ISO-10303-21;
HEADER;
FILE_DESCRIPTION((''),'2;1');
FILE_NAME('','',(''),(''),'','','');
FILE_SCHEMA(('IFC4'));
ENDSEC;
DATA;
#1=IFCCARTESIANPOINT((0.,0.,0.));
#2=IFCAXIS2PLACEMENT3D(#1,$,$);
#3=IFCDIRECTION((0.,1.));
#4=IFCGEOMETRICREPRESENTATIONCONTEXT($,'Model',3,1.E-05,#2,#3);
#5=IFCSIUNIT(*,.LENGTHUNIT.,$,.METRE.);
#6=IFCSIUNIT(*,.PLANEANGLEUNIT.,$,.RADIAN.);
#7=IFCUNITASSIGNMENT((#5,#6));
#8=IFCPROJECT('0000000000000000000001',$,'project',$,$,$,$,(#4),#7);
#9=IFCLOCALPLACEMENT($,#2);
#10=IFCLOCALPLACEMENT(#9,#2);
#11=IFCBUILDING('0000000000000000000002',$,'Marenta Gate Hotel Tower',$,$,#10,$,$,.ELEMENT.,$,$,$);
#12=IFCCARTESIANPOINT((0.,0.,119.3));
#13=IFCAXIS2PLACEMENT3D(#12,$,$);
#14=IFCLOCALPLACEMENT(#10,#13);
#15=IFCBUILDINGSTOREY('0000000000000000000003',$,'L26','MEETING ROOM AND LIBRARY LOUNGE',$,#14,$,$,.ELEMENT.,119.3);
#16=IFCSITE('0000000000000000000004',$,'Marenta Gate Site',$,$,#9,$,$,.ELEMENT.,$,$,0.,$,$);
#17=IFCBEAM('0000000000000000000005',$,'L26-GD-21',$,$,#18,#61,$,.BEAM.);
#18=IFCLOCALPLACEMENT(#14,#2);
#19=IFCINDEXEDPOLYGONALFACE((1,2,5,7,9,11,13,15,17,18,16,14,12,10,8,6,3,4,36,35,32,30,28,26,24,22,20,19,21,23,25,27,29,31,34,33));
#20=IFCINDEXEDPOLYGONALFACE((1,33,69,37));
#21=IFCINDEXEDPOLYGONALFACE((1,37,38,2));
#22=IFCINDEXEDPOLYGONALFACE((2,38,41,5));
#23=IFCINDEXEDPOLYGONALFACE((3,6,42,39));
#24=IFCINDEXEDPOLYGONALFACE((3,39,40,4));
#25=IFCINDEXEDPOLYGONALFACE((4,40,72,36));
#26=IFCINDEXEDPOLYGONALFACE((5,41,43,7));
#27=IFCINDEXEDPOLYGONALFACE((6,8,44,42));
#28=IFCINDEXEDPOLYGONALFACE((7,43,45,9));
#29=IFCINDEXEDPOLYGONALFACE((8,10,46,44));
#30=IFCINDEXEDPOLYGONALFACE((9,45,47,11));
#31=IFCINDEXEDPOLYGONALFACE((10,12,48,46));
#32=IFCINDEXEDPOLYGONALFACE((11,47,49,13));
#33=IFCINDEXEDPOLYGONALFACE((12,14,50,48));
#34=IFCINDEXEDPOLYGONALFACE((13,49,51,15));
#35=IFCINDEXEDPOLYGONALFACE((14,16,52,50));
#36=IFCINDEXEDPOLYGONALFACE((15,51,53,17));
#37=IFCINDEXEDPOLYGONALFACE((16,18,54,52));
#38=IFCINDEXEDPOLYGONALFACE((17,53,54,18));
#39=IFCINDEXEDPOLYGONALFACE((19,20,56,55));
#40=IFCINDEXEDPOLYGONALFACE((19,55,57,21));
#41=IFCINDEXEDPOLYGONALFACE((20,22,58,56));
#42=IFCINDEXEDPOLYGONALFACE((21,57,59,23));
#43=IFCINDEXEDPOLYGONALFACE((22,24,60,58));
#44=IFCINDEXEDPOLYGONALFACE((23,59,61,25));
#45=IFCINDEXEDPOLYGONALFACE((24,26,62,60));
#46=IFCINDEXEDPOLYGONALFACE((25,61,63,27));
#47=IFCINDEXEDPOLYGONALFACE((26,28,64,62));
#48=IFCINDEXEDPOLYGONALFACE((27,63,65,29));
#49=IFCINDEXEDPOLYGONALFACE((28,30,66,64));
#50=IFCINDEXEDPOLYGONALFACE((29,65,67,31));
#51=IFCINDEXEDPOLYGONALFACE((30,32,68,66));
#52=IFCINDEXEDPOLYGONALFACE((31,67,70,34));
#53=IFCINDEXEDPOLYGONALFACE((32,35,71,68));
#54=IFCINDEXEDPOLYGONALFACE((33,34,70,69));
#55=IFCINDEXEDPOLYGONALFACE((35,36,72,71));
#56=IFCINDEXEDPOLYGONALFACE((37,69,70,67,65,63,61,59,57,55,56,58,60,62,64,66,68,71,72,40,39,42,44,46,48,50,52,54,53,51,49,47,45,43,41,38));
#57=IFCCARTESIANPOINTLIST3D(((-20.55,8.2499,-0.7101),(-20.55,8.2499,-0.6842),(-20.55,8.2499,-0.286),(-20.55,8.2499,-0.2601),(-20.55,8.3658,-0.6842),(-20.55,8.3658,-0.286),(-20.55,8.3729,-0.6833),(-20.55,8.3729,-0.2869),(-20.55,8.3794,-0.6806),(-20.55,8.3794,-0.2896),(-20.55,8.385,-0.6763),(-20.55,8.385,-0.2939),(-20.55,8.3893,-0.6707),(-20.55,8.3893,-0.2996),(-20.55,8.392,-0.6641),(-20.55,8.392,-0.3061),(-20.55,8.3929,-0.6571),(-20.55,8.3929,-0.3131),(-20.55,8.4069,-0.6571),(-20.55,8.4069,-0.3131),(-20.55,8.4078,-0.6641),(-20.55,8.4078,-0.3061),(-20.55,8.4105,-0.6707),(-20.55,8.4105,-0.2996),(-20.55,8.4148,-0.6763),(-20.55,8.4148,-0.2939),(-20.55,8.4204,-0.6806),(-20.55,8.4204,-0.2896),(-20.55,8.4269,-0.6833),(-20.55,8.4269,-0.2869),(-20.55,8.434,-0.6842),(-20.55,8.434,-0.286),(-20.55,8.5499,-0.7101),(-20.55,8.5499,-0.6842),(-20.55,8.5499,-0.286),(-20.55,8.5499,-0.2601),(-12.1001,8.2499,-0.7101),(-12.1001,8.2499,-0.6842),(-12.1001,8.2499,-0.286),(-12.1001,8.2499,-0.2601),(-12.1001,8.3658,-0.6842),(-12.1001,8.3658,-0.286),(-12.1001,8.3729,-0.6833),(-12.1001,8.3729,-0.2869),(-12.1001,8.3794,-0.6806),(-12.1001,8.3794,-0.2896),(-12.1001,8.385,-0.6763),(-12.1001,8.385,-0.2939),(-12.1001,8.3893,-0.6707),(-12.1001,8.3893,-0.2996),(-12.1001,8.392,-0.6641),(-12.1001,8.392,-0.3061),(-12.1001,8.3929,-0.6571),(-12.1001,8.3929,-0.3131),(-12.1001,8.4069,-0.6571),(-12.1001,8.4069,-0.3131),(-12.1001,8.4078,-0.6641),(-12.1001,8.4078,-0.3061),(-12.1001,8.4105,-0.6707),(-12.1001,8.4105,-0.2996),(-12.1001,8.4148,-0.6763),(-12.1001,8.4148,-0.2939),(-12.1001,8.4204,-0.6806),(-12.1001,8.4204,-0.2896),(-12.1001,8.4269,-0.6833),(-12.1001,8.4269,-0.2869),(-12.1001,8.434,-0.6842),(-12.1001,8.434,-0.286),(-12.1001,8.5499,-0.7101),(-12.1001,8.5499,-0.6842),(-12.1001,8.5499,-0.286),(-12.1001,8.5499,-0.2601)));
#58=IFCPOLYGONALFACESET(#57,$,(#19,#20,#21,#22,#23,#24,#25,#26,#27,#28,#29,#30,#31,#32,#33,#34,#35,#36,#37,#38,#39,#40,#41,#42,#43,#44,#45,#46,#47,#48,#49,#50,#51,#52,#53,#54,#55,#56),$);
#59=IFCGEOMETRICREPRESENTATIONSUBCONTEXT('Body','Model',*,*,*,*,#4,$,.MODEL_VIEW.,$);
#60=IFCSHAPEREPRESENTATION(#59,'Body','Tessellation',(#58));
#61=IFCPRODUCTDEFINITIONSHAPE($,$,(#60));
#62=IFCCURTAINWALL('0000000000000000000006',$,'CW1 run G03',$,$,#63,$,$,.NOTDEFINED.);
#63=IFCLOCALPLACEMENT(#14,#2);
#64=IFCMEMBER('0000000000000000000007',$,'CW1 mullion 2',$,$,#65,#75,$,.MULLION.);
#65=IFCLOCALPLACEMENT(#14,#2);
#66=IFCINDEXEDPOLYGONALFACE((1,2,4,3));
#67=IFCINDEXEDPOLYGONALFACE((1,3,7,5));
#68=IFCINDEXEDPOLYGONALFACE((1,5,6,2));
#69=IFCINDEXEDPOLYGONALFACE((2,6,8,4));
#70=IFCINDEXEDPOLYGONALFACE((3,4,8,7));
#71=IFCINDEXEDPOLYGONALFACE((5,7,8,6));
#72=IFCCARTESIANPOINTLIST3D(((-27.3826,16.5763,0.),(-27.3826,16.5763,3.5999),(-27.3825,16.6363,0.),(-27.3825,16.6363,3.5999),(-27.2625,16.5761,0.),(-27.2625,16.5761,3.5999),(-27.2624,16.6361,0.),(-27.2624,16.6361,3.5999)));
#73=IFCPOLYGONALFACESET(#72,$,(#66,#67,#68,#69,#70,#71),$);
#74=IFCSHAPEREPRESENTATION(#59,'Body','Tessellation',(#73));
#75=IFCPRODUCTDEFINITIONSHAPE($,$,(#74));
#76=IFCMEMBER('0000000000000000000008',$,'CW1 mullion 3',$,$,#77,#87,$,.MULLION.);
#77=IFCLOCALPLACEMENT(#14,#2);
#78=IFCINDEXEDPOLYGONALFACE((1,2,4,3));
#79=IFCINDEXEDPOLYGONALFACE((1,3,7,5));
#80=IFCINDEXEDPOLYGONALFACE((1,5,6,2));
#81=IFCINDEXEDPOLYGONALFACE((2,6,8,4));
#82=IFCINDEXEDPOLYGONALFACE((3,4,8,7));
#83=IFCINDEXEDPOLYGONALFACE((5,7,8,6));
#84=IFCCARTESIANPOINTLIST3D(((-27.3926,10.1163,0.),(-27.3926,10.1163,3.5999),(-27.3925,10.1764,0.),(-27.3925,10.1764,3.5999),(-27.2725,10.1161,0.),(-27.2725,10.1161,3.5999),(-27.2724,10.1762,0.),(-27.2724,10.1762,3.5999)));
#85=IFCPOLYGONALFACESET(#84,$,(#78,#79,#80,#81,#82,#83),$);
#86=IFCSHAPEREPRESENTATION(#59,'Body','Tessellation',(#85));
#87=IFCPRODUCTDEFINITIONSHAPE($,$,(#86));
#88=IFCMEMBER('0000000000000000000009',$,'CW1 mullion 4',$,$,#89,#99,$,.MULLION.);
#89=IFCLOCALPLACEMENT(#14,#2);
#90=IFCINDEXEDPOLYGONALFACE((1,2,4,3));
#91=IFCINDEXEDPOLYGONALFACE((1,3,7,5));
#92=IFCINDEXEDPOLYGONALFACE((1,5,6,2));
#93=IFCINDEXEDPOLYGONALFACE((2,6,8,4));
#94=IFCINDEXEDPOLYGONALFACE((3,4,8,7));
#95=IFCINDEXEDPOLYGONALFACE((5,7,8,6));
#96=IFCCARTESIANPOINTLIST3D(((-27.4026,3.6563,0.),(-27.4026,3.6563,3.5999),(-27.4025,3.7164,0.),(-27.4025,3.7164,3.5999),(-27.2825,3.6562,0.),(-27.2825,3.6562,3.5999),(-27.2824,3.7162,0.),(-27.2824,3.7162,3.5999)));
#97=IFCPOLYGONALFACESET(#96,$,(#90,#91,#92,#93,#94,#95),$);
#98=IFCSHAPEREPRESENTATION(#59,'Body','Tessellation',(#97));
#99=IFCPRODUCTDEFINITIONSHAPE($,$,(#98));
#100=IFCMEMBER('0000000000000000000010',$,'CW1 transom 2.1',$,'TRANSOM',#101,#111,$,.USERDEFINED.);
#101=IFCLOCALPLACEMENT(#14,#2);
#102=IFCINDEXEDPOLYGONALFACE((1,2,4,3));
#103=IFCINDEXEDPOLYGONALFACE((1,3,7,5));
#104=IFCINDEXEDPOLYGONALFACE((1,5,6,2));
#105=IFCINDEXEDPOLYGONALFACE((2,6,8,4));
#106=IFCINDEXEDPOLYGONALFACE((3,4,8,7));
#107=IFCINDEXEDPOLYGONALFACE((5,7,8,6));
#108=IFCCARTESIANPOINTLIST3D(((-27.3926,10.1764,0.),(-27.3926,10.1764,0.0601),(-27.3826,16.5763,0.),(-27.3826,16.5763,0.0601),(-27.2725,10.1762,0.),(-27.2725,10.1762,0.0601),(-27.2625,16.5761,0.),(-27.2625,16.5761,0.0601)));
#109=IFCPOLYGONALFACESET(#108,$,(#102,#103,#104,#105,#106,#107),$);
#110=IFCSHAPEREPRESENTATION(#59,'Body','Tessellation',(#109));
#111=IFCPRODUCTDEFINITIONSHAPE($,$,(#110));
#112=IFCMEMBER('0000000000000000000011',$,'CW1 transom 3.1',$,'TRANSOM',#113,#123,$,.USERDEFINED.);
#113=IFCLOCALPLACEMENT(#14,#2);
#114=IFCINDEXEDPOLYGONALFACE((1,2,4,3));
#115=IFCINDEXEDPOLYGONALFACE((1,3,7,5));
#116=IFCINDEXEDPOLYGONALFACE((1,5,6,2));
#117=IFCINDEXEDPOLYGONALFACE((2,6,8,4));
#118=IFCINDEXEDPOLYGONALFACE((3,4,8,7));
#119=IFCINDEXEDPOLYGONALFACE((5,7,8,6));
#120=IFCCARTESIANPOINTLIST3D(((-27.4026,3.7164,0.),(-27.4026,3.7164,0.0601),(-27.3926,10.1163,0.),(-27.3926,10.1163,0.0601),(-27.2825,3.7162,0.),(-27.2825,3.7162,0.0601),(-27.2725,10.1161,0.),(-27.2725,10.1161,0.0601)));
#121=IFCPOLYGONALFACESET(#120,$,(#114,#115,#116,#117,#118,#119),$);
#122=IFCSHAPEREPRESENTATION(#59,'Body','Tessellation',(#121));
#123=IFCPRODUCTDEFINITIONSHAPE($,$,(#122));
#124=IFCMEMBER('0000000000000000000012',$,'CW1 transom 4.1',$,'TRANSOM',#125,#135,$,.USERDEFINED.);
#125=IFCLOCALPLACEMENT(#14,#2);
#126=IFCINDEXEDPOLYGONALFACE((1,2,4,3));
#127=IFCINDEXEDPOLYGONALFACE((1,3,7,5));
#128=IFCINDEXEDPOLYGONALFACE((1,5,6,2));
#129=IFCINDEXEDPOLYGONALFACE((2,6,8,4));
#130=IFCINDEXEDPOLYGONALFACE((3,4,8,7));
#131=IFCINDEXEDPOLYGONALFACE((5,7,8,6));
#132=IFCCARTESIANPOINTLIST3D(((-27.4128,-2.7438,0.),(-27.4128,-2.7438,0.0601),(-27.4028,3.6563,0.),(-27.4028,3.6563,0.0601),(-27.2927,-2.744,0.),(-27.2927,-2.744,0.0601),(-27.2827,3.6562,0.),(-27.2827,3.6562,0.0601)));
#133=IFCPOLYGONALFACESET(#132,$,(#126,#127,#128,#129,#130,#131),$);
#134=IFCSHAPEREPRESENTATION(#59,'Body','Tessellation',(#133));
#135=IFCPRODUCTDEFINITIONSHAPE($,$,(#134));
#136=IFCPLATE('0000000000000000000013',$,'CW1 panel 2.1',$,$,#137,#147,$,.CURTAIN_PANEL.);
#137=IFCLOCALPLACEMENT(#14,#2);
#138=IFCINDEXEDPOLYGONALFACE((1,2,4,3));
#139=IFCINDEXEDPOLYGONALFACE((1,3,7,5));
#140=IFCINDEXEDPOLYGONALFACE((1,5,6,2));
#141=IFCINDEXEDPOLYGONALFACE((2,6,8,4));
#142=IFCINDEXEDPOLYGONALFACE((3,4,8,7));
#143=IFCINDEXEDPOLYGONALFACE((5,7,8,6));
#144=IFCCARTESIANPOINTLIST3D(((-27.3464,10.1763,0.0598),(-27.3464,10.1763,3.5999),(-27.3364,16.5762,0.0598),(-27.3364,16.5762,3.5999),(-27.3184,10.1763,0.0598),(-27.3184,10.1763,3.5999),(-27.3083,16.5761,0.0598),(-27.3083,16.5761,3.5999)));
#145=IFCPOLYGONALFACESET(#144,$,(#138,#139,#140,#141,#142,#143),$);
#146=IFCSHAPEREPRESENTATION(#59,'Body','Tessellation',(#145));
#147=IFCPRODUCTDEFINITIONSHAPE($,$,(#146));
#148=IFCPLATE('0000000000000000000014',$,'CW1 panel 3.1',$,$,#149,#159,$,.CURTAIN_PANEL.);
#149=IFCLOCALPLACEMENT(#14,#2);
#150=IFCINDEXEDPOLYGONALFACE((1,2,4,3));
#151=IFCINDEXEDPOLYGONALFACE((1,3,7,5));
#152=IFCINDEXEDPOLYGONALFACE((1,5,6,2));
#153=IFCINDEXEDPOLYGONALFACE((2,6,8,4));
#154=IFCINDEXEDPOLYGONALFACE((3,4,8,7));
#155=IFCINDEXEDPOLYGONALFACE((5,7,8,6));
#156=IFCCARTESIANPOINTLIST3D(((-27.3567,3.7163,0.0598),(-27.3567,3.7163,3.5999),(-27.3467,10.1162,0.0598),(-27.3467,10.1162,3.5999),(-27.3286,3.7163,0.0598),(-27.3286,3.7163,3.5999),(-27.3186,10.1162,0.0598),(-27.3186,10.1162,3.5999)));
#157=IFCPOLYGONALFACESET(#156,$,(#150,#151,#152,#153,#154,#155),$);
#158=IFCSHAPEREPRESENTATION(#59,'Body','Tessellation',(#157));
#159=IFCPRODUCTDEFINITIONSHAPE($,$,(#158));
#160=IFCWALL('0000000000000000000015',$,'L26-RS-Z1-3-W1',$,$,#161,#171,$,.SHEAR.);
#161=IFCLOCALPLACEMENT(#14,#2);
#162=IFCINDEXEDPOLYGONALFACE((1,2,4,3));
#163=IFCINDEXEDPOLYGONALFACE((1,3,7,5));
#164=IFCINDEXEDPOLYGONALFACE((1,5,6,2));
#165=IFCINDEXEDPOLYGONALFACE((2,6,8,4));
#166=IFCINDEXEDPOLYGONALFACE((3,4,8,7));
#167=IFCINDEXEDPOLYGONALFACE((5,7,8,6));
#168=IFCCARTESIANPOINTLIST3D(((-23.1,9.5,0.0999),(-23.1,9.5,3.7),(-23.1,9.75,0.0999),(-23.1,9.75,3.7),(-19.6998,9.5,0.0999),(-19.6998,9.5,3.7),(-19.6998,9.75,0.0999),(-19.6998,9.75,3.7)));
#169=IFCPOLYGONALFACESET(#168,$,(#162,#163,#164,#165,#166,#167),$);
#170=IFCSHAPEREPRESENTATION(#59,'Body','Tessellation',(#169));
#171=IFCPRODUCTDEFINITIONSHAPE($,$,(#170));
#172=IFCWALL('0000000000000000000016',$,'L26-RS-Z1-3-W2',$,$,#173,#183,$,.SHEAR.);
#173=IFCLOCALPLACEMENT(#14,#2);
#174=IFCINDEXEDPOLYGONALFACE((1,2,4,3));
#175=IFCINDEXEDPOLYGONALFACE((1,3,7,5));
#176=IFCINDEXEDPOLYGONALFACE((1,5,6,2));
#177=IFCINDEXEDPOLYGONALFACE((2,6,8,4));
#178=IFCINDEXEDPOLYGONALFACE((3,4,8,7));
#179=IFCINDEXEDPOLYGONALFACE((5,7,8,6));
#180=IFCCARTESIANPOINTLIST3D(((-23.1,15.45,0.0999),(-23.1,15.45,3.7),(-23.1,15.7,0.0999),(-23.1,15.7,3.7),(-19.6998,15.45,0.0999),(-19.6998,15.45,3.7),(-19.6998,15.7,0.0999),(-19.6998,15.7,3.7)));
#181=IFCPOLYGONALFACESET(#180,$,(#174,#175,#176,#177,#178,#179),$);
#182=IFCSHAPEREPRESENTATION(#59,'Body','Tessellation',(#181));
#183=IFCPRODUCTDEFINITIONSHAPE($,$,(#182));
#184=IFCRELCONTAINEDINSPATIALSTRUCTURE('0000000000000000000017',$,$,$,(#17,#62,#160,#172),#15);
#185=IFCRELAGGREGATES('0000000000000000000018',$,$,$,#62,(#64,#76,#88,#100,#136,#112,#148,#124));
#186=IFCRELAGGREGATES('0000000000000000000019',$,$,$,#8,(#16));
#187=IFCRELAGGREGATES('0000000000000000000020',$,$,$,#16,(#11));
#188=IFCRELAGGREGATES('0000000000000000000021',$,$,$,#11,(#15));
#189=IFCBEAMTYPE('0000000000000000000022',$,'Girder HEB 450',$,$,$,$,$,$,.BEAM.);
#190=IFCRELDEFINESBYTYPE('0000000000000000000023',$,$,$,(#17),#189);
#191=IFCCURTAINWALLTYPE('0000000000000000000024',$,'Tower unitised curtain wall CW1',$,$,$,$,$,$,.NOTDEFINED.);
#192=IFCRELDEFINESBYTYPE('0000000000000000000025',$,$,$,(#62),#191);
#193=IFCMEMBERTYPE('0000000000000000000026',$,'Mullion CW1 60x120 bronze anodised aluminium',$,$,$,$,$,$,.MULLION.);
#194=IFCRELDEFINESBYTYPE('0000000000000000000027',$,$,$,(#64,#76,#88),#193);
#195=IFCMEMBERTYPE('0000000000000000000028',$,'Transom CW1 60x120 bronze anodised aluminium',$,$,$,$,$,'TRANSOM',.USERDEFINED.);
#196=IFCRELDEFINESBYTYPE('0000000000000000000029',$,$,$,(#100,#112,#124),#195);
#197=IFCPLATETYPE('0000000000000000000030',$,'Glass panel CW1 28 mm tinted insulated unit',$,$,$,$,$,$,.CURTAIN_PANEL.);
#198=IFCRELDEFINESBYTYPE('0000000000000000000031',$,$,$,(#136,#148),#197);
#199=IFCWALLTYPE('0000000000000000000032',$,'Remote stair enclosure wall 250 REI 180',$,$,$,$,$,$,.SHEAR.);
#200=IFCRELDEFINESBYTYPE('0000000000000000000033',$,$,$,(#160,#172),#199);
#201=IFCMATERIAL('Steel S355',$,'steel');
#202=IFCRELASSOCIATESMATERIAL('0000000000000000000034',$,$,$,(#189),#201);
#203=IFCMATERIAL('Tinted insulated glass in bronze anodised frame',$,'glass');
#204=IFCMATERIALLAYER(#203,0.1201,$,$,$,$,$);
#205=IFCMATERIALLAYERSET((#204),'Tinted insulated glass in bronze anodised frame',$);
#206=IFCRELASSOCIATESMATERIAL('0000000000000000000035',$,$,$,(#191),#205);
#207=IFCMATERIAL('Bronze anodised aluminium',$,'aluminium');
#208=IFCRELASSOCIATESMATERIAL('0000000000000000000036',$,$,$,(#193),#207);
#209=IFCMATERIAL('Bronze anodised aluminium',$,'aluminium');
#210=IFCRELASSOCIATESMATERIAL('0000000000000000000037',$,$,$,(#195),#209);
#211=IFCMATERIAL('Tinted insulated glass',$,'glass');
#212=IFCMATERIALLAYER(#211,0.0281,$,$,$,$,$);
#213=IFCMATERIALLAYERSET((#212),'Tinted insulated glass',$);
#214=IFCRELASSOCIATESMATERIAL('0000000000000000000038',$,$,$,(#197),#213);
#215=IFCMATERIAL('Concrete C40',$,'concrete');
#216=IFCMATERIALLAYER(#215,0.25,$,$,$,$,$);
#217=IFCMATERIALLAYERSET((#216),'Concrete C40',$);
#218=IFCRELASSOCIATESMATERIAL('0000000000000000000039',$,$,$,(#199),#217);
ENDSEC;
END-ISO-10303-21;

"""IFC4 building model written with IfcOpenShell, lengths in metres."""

from ifc_helpers import new_model, si_unit, direction, frame, frame_2d, origin, origin_2d, place, context, subcontext, project, spatial, rectangle, i_section, extrude, material, layer, layer_set, material_profile, profile_set, type_object, element, aggregate, save


model = new_model("IFC4")

# Units and contexts
model_context = context("Model", 3, precision=1e-05, world=origin(), true_north=direction((0.0, 1.0)))
body_context = subcontext(model_context, "Body", "Model", "MODEL_VIEW")
ifc_project = project(units=[si_unit("LENGTHUNIT", "METRE"), si_unit("PLANEANGLEUNIT", "RADIAN")], contexts=[model_context])

# Site, building, storey
site_placement = place(None, origin())
site = spatial("IfcSite", under=ifc_project, at=site_placement, Name="Marenta Gate Site", CompositionType="ELEMENT", RefElevation=0.0)
building_placement = place(site_placement, origin())
building = spatial("IfcBuilding", under=site, at=building_placement, Name="Marenta Gate Hotel Tower", CompositionType="ELEMENT")
storey_placement = place(building_placement, frame((0.0, 0.0, 119.3)))
storey = spatial("IfcBuildingStorey", under=building, at=storey_placement, Name="L26", Description="MEETING ROOM AND LIBRARY LOUNGE", CompositionType="ELEMENT", Elevation=119.3)

# Beam
ifc_material_1 = material(Name="Steel S355", Category="steel")
ifc_material_profile_1 = material_profile(ifc_material_1, i_section(OverallWidth=0.3, OverallDepth=0.45, WebThickness=0.0139, FlangeThickness=0.0259, FilletRadius=0.0271, at=origin_2d()), Name="HEB 450")
ifc_profile_set_1 = profile_set([ifc_material_profile_1], Name="Steel S355")
beam_type_1 = type_object("IfcBeamType", Name="Girder HEB 450", PredefinedType="BEAM", material=ifc_profile_set_1)
beam_1_placement = place(storey_placement, frame((-20.55, 8.3999, -0.4851), z_axis=(1.0, 0.0, 0.0), x_axis=(0.0, 1.0, 0.0)))
element("IfcBeam", 1, at=beam_1_placement, inside=storey, type_object=beam_type_1, Name="L26-GD-21", PredefinedType="BEAM", context=body_context, shape_type="SweptSolid", body=[
    extrude(i_section(OverallWidth=0.3, OverallDepth=0.45, WebThickness=0.0139, FlangeThickness=0.0259, FilletRadius=0.0271, at=origin_2d()), origin(), (0.0, 0.0, 1.0), 8.45),
])

# Curtain wall, members, plates
ifc_material_2 = material(Name="Tinted insulated glass in bronze anodised frame", Category="glass")
ifc_layer_1 = layer(ifc_material_2, 0.1201)
ifc_layer_set_1 = layer_set([ifc_layer_1], Name="Tinted insulated glass in bronze anodised frame")
curtain_wall_type = type_object("IfcCurtainWallType", Name="Tower unitised curtain wall CW1", PredefinedType="NOTDEFINED", material=ifc_layer_set_1)
curtain_wall_placement = place(storey_placement, origin())
curtain_wall = element("IfcCurtainWall", 2, at=curtain_wall_placement, inside=storey, type_object=curtain_wall_type, Name="CW1 run G03", PredefinedType="NOTDEFINED")
ifc_material_3 = material(Name="Bronze anodised aluminium", Category="aluminium")
ifc_material_profile_2 = material_profile(ifc_material_3, rectangle(XDim=0.1201, YDim=0.0601, at=origin_2d()), Name="Mullion CW1 60x120 bronze anodised aluminium")
ifc_profile_set_2 = profile_set([ifc_material_profile_2], Name="Bronze anodised aluminium")
member_type_1 = type_object("IfcMemberType", Name="Mullion CW1 60x120 bronze anodised aluminium", PredefinedType="MULLION", material=ifc_profile_set_2)
member_1_placement = place(storey_placement, frame((-27.3225, 16.6062, 0.0), z_axis=(0.0, 0.0, 1.0), x_axis=(0.999999, -0.001566, 0.0)))
member_1 = element("IfcMember", 3, at=member_1_placement, type_object=member_type_1, Name="CW1 mullion 2", PredefinedType="MULLION", context=body_context, shape_type="SweptSolid", body=[
    extrude(rectangle(XDim=0.1201, YDim=0.0601, at=origin_2d()), origin(), (0.0, 0.0, 1.0), 3.5999),
])
member_2_placement = place(storey_placement, frame((-27.3325, 10.1462, 0.0), z_axis=(0.0, 0.0, 1.0), x_axis=(0.999999, -0.001566, 0.0)))
member_2 = element("IfcMember", 4, at=member_2_placement, type_object=member_type_1, Name="CW1 mullion 3", PredefinedType="MULLION", context=body_context, shape_type="SweptSolid", body=[
    extrude(rectangle(XDim=0.1201, YDim=0.0601, at=origin_2d()), origin(), (0.0, 0.0, 1.0), 3.5999),
])
member_3_placement = place(storey_placement, frame((-27.3425, 3.6863, 0.0), z_axis=(0.0, 0.0, 1.0), x_axis=(0.999999, -0.001566, 0.0)))
member_3 = element("IfcMember", 5, at=member_3_placement, type_object=member_type_1, Name="CW1 mullion 4", PredefinedType="MULLION", context=body_context, shape_type="SweptSolid", body=[
    extrude(rectangle(XDim=0.1201, YDim=0.0601, at=origin_2d()), origin(), (0.0, 0.0, 1.0), 3.5999),
])
ifc_material_4 = material(Name="Bronze anodised aluminium", Category="aluminium")
ifc_material_profile_3 = material_profile(ifc_material_4, rectangle(XDim=0.1201, YDim=0.0601, at=origin_2d()), Name="Transom CW1 60x120 bronze anodised aluminium")
ifc_profile_set_3 = profile_set([ifc_material_profile_3], Name="Bronze anodised aluminium")
member_type_2 = type_object("IfcMemberType", Name="Transom CW1 60x120 bronze anodised aluminium", ElementType="TRANSOM", PredefinedType="USERDEFINED", material=ifc_profile_set_3)
member_4_placement = place(storey_placement, frame((-27.3225, 16.5762, 0.03), z_axis=(-0.001564, -0.999999, 0.0), x_axis=(0.999999, -0.001564, 0.0)))
member_4 = element("IfcMember", 6, at=member_4_placement, type_object=member_type_2, Name="CW1 transom 2.1", ObjectType="TRANSOM", PredefinedType="USERDEFINED", context=body_context, shape_type="SweptSolid", body=[
    extrude(rectangle(XDim=0.1201, YDim=0.0601, at=origin_2d()), origin(), (0.0, 0.0, 1.0), 6.3999),
])
member_5_placement = place(storey_placement, frame((-27.3325, 10.1162, 0.03), z_axis=(-0.001564, -0.999999, 0.0), x_axis=(0.999999, -0.001564, 0.0)))
member_5 = element("IfcMember", 7, at=member_5_placement, type_object=member_type_2, Name="CW1 transom 3.1", ObjectType="TRANSOM", PredefinedType="USERDEFINED", context=body_context, shape_type="SweptSolid", body=[
    extrude(rectangle(XDim=0.1201, YDim=0.0601, at=origin_2d()), origin(), (0.0, 0.0, 1.0), 6.3999),
])
member_6_placement = place(storey_placement, frame((-27.3428, 3.6562, 0.03), z_axis=(-0.001564, -0.999999, 0.0), x_axis=(0.999999, -0.001564, 0.0)))
member_6 = element("IfcMember", 8, at=member_6_placement, type_object=member_type_2, Name="CW1 transom 4.1", ObjectType="TRANSOM", PredefinedType="USERDEFINED", context=body_context, shape_type="SweptSolid", body=[
    extrude(rectangle(XDim=0.1201, YDim=0.0601, at=origin_2d()), origin(), (0.0, 0.0, 1.0), 6.4001),
])
ifc_material_5 = material(Name="Tinted insulated glass", Category="glass")
ifc_layer_2 = layer(ifc_material_5, 0.0281)
ifc_layer_set_2 = layer_set([ifc_layer_2], Name="Tinted insulated glass")
plate_type = type_object("IfcPlateType", Name="Glass panel CW1 28 mm tinted insulated unit", PredefinedType="CURTAIN_PANEL", material=ifc_layer_set_2)
plate_1_placement = place(storey_placement, frame((-27.3274, 13.3762, 0.0598), z_axis=(0.0, 0.0, 1.0), x_axis=(-0.001566, -0.999999, 0.0)))
plate_1 = element("IfcPlate", 9, at=plate_1_placement, type_object=plate_type, Name="CW1 panel 2.1", PredefinedType="CURTAIN_PANEL", context=body_context, shape_type="SweptSolid", body=[
    extrude(rectangle(XDim=6.3999, YDim=0.0281, at=origin_2d()), origin(), (0.0, 0.0, 1.0), 3.54),
])
plate_2_placement = place(storey_placement, frame((-27.3376, 6.9163, 0.0598), z_axis=(0.0, 0.0, 1.0), x_axis=(-0.001566, -0.999999, 0.0)))
plate_2 = element("IfcPlate", 10, at=plate_2_placement, type_object=plate_type, Name="CW1 panel 3.1", PredefinedType="CURTAIN_PANEL", context=body_context, shape_type="SweptSolid", body=[
    extrude(rectangle(XDim=6.3999, YDim=0.0281, at=origin_2d()), origin(), (0.0, 0.0, 1.0), 3.54),
])
aggregate(curtain_wall, [member_1, member_2, member_3, member_4, plate_1, member_5, plate_2, member_6])

# Walls
ifc_material_6 = material(Name="Concrete C40", Category="concrete")
ifc_layer_3 = layer(ifc_material_6, 0.25)
ifc_layer_set_3 = layer_set([ifc_layer_3], Name="Concrete C40")
wall_type_1 = type_object("IfcWallType", Name="Remote stair enclosure wall 250 REI 180", PredefinedType="SHEAR", material=ifc_layer_set_3)
for number, where, z_axis, x_axis, name in (
    (11, (-23.1001, 9.625, 0.0999), (0.0, 0.0, 1.0), (1.0, 0.0, 0.0), "L26-RS-Z1-3-W1"),
    (12, (-23.1001, 15.575, 0.0999), (0.0, 0.0, 1.0), (1.0, 0.0, 0.0), "L26-RS-Z1-3-W2"),
):
    element("IfcWall", number, at=place(storey_placement, frame(where, z_axis=z_axis, x_axis=x_axis)), inside=storey, type_object=wall_type_1, Name=name, PredefinedType="SHEAR", context=body_context, shape_type="SweptSolid", body=[
        extrude(rectangle(XDim=3.4001, YDim=0.25, at=frame_2d((1.7002, 0.0))), origin(), (0.0, 0.0, 1.0), 3.6001),
    ])

save(model, "model.ifc")
